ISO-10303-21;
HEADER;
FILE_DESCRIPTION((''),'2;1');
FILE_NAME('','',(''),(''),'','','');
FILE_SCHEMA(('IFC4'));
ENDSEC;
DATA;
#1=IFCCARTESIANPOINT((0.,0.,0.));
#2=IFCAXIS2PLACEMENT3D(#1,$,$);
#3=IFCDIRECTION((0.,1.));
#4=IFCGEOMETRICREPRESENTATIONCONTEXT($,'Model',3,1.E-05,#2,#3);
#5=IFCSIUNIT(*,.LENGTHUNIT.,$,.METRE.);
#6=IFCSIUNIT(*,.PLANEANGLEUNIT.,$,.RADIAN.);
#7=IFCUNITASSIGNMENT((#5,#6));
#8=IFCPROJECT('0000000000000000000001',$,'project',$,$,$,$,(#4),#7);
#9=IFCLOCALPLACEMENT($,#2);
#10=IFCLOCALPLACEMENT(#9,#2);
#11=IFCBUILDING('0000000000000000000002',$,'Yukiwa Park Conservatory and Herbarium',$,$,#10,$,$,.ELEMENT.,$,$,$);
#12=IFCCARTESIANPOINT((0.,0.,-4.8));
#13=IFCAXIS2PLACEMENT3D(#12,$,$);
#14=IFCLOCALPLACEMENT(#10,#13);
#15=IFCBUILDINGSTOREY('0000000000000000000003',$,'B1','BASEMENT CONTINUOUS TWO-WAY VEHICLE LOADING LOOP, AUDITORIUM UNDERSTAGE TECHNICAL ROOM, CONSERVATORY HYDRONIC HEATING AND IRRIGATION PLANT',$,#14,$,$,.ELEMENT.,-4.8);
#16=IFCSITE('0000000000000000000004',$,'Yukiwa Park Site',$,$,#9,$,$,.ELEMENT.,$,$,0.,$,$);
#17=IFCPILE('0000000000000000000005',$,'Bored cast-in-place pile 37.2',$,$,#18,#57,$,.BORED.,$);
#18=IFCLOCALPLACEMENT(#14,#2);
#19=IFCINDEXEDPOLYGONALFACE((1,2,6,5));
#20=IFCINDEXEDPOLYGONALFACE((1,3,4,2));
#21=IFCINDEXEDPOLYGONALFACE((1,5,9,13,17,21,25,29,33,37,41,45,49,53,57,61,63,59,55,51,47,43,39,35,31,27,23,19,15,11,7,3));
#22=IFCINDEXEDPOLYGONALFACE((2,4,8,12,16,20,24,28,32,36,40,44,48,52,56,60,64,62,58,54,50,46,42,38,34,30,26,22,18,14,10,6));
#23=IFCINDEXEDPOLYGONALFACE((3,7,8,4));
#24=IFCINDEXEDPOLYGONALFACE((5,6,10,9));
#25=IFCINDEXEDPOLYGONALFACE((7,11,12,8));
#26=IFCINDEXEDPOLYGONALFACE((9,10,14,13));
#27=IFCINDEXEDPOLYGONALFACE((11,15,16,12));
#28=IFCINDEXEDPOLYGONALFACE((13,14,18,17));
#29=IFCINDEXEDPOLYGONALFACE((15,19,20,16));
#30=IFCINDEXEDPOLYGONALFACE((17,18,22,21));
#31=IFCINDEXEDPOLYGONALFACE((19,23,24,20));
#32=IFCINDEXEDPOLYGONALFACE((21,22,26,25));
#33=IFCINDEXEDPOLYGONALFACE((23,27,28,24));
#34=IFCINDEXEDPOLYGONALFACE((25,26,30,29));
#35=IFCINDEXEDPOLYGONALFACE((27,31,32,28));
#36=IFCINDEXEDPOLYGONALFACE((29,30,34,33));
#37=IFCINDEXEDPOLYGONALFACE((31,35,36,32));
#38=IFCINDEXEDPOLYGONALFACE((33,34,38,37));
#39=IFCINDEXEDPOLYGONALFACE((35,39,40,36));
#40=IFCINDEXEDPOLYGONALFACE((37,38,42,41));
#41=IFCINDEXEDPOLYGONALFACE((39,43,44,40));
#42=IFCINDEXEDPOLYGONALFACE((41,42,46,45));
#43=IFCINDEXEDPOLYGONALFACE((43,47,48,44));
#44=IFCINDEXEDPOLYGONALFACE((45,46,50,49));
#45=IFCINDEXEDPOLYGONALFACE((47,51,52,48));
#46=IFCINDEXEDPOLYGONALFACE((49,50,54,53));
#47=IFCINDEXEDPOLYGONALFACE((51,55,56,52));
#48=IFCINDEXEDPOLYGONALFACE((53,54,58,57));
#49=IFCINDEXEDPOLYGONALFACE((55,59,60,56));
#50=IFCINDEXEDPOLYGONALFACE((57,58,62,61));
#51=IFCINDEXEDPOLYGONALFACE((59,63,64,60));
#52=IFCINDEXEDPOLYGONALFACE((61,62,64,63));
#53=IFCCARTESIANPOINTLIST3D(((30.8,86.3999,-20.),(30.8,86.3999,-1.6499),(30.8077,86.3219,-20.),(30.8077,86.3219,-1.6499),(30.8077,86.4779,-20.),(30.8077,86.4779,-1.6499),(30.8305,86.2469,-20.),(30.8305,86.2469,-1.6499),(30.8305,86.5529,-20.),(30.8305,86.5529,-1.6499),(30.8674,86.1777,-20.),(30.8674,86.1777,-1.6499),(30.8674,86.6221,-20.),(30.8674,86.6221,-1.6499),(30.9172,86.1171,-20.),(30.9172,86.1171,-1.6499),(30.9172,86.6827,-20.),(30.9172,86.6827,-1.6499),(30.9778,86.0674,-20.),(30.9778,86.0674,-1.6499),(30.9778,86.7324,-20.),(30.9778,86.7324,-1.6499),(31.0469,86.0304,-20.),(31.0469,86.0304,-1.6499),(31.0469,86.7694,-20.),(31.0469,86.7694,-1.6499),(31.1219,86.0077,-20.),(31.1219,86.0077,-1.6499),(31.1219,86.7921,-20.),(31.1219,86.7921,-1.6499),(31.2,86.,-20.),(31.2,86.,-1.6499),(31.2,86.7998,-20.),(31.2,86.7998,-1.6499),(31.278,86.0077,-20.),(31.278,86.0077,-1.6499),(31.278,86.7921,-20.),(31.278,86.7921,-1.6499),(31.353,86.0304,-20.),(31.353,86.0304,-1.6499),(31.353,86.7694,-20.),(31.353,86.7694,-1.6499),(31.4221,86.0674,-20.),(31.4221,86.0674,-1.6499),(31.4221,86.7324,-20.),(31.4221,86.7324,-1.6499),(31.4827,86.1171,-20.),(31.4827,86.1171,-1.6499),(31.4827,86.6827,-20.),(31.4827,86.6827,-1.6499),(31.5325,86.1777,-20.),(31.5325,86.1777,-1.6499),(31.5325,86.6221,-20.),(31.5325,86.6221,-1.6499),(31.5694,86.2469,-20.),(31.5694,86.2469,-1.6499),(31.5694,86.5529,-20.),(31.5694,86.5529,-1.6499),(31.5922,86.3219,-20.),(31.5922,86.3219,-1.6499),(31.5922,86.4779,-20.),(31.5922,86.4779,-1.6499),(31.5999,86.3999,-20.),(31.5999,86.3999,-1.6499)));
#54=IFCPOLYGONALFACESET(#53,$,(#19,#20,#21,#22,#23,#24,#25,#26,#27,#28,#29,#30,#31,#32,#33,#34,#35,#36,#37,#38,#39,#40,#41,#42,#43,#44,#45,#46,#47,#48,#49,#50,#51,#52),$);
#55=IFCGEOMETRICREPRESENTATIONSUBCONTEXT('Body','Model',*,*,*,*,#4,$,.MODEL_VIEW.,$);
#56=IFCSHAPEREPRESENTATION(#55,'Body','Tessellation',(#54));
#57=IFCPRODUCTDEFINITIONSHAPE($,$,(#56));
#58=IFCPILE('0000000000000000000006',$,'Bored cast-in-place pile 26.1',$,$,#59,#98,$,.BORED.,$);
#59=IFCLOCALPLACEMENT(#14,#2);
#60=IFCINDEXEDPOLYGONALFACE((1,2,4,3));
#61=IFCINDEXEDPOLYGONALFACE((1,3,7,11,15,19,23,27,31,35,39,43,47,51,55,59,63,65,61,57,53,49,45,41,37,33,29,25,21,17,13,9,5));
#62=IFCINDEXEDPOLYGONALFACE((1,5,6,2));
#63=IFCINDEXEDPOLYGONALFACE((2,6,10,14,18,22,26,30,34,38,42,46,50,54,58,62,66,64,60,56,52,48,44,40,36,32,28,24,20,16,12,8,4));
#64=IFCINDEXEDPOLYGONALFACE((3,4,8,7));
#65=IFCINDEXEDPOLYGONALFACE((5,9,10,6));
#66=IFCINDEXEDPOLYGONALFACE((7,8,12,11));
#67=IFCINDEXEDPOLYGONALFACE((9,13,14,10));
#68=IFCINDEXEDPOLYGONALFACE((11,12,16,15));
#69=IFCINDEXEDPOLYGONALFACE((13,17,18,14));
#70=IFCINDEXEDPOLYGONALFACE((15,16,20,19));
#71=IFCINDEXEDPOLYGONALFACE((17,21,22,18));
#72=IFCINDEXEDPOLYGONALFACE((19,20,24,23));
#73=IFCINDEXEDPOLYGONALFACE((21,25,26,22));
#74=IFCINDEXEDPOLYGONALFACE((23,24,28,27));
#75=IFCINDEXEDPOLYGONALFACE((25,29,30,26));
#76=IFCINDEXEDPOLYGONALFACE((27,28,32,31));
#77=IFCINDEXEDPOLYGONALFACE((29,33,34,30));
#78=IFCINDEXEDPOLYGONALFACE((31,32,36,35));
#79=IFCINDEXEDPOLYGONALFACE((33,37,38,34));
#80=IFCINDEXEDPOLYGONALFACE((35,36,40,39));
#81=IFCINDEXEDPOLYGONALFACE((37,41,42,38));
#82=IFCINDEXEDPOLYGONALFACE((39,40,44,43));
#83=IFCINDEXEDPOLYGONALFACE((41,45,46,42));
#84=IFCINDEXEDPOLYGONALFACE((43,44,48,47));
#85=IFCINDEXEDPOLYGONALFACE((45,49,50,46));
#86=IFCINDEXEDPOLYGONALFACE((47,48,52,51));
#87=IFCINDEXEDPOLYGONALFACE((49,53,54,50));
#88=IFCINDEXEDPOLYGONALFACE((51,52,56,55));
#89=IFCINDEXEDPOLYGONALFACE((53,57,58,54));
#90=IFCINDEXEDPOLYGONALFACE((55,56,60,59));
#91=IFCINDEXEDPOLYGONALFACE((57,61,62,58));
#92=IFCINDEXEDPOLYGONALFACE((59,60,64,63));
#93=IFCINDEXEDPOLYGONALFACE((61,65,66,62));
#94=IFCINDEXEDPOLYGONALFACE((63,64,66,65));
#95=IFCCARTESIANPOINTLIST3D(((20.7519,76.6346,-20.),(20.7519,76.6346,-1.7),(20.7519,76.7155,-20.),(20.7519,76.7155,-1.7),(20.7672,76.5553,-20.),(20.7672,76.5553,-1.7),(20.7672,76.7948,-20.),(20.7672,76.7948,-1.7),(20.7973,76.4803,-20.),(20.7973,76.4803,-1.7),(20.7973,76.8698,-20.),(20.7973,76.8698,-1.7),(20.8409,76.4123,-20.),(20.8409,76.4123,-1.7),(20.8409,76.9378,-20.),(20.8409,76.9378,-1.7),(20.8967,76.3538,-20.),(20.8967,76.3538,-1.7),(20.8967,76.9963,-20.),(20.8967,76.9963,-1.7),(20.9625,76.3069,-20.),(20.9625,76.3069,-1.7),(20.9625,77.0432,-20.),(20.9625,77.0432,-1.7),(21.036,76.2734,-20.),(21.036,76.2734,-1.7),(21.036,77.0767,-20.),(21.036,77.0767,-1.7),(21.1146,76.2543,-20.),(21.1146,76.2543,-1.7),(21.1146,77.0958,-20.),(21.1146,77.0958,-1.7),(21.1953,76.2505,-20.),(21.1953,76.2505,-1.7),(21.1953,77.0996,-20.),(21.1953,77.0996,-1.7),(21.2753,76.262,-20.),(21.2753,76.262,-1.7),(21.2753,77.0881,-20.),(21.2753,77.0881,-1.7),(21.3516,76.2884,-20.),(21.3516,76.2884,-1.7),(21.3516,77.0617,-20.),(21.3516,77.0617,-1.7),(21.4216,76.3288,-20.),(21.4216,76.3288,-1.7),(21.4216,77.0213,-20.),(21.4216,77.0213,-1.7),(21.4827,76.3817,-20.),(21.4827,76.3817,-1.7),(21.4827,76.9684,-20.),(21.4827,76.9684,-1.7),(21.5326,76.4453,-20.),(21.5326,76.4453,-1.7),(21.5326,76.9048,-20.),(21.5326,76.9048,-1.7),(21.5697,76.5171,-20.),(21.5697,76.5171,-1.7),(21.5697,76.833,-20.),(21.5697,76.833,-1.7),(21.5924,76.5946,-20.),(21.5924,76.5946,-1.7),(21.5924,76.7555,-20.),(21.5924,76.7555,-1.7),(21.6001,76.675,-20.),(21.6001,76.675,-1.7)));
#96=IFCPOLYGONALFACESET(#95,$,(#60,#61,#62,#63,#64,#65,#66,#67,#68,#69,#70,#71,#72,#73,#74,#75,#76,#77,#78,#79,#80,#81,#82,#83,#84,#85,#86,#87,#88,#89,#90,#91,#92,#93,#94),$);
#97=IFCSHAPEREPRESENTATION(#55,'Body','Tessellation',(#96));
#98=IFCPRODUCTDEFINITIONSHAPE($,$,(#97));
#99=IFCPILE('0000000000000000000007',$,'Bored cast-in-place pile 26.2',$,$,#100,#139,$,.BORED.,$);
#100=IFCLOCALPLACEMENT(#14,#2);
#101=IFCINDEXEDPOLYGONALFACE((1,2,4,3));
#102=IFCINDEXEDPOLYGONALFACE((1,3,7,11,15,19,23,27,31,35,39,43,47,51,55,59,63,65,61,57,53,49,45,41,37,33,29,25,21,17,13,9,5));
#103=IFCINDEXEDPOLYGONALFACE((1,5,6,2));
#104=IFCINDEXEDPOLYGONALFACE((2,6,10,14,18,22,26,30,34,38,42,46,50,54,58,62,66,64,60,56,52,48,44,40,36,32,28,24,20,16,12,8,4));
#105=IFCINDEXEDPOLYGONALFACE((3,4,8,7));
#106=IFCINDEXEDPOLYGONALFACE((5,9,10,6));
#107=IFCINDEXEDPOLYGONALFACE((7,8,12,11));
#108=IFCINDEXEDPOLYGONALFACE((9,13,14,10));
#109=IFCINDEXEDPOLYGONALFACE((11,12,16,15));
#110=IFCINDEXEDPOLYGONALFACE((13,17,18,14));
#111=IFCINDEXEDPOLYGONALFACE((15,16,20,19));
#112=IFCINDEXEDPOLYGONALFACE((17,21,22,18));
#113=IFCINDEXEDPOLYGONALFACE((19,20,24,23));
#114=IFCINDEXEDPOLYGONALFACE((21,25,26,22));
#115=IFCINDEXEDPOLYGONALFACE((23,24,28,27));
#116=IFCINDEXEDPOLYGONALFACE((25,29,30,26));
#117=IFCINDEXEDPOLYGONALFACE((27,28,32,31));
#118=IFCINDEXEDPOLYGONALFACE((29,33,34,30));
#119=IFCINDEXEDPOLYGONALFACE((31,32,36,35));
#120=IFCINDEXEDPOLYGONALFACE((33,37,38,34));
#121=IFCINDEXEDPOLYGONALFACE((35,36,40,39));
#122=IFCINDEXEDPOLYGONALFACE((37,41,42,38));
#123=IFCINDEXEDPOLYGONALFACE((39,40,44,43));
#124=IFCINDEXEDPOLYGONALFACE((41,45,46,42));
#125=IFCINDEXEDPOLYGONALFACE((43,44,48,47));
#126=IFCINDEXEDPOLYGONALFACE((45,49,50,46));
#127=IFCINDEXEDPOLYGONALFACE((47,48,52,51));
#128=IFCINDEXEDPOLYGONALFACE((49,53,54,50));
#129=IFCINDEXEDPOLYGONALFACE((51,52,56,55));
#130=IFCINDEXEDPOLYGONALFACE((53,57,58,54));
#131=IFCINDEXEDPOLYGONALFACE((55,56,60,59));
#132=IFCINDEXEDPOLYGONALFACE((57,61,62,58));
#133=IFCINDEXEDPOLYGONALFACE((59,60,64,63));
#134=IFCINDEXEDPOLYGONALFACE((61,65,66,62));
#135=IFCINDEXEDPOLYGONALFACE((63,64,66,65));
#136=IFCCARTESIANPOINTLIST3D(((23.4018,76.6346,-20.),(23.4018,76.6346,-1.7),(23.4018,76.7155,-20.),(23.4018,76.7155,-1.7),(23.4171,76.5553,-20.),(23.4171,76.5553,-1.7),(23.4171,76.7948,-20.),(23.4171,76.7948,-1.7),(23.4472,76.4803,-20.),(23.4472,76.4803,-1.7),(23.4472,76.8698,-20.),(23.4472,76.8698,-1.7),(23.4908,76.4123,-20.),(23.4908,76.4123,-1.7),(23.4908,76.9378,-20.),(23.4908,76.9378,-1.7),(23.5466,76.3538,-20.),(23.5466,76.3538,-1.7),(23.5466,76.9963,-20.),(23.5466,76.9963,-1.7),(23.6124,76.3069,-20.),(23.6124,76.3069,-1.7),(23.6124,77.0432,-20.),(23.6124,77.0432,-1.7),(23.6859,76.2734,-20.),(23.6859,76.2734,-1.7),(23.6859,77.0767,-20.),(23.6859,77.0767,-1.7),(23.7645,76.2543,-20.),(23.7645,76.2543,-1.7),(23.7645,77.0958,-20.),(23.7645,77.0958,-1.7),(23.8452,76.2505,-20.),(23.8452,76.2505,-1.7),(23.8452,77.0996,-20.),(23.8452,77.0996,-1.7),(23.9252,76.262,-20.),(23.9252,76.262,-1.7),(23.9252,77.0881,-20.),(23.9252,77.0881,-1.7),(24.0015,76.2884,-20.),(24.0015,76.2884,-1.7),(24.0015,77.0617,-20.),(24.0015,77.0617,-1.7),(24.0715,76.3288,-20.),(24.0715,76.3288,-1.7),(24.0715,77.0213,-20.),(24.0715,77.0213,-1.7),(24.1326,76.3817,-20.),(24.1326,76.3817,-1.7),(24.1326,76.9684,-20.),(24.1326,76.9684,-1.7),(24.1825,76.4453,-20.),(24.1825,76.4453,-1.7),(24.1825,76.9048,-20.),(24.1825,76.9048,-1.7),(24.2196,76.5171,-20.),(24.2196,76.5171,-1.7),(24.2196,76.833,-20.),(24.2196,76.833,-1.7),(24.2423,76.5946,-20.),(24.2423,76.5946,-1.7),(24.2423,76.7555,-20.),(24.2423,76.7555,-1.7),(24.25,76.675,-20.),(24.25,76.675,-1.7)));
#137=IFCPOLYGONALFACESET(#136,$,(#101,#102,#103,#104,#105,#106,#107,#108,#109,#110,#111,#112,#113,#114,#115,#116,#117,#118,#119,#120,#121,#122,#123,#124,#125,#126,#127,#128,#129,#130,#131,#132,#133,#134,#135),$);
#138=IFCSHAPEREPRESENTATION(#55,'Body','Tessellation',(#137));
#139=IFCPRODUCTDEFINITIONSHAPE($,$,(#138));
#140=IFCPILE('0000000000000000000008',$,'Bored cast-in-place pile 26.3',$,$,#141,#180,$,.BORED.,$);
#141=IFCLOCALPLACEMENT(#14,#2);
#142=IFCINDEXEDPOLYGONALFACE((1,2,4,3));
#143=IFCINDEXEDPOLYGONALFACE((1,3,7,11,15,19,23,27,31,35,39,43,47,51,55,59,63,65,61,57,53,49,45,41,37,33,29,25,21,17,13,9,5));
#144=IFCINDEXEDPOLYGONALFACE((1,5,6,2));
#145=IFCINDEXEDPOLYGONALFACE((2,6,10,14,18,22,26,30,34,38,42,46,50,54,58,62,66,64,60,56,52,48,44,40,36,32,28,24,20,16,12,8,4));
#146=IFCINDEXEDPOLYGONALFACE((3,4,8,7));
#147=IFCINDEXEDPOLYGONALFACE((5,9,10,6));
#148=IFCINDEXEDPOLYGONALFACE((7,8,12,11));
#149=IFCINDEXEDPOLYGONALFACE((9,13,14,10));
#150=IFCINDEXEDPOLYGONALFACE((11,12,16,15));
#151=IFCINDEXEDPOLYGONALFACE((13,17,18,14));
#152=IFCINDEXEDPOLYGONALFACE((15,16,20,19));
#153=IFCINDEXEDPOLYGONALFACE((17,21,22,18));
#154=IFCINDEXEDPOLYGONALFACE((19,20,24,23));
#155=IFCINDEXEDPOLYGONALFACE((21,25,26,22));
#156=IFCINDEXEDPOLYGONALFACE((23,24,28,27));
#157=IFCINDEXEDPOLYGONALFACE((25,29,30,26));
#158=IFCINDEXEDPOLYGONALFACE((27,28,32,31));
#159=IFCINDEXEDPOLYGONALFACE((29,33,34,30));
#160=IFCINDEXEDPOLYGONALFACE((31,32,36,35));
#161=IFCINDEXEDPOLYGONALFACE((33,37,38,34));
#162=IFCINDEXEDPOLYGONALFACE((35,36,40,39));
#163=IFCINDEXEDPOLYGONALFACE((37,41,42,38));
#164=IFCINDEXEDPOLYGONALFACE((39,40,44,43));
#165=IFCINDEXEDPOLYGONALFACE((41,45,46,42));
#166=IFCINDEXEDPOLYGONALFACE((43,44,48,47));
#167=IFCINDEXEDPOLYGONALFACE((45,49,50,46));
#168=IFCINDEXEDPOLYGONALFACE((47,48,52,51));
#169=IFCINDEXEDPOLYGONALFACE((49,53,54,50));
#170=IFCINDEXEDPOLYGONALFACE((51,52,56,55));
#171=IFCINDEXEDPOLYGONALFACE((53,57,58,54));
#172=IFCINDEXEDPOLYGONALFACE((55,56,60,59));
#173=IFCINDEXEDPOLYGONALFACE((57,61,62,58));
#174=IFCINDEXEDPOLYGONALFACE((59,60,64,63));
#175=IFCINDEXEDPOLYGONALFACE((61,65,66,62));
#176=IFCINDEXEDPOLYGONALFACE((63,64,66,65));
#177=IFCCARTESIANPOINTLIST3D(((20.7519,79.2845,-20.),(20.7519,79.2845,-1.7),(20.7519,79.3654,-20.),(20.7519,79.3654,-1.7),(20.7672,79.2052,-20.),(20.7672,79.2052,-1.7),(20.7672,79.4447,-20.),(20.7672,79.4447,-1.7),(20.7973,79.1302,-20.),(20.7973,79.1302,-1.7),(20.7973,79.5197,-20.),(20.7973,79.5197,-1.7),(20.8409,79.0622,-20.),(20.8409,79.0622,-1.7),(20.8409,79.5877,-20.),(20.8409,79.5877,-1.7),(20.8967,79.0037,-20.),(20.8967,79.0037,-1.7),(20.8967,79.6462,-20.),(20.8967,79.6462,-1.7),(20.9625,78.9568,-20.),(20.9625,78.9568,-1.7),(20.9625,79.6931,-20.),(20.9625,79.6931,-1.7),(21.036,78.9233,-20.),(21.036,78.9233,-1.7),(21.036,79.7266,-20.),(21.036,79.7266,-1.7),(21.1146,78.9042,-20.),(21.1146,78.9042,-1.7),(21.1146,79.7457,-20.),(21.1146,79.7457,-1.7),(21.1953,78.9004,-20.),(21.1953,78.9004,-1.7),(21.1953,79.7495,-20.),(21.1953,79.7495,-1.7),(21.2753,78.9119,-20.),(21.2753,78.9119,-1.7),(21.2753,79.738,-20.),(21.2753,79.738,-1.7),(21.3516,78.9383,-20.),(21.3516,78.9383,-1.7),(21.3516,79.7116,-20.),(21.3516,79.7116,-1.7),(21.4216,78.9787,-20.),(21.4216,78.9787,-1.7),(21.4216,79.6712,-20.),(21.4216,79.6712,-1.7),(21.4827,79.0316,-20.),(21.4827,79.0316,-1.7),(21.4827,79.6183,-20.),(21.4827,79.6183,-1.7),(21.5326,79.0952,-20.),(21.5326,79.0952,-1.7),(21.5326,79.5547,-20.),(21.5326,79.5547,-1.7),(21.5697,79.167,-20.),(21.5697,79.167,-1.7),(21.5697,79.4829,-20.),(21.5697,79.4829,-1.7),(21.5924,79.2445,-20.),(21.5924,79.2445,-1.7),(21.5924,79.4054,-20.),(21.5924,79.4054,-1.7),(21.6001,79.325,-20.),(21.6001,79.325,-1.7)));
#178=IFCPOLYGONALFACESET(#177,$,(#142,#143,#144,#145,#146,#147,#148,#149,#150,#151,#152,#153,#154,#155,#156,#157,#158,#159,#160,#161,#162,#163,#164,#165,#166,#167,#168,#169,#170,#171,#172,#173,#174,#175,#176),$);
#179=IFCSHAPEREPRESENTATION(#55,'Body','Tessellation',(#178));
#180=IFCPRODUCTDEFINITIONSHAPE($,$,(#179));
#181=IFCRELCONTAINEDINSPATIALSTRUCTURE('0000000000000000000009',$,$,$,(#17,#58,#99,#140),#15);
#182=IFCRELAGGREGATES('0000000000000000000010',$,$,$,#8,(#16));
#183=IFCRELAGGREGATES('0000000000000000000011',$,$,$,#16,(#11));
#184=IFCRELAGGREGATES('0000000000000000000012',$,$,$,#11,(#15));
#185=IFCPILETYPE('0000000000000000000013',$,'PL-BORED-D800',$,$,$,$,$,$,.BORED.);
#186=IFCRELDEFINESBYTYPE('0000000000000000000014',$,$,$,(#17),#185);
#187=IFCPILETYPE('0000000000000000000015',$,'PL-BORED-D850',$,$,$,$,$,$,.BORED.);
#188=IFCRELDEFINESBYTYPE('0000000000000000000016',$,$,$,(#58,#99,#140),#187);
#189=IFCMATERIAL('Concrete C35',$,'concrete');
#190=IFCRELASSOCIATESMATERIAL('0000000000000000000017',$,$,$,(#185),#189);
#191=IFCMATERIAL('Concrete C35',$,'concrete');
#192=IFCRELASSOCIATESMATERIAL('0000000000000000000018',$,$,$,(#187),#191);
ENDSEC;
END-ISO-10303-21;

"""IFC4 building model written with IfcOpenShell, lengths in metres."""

from ifc_helpers import new_model, si_unit, direction, frame, origin, origin_2d, place, context, subcontext, project, spatial, circle, extrude, material, material_profile, profile_set, type_object, element, save


model = new_model("IFC4")

# Units and contexts
model_context = context("Model", 3, precision=1e-05, world=origin(), true_north=direction((0.0, 1.0)))
body_context = subcontext(model_context, "Body", "Model", "MODEL_VIEW")
ifc_project = project(units=[si_unit("LENGTHUNIT", "METRE"), si_unit("PLANEANGLEUNIT", "RADIAN")], contexts=[model_context])

# Site, building, storey
site_placement = place(None, origin())
site = spatial("IfcSite", under=ifc_project, at=site_placement, Name="Yukiwa Park Site", CompositionType="ELEMENT", RefElevation=0.0)
building_placement = place(site_placement, origin())
building = spatial("IfcBuilding", under=site, at=building_placement, Name="Yukiwa Park Conservatory and Herbarium", CompositionType="ELEMENT")
storey_placement = place(building_placement, frame((0.0, 0.0, -4.8)))
storey = spatial("IfcBuildingStorey", under=building, at=storey_placement, Name="B1", Description="BASEMENT CONTINUOUS TWO-WAY VEHICLE LOADING LOOP, AUDITORIUM UNDERSTAGE TECHNICAL ROOM, CONSERVATORY HYDRONIC HEATING AND IRRIGATION PLANT", CompositionType="ELEMENT", Elevation=-4.8)

# Piles
ifc_material_1 = material(Name="Concrete C35", Category="concrete")
ifc_material_profile_1 = material_profile(ifc_material_1, circle(Radius=0.3999, at=origin_2d()), Name="PILE D800")
ifc_profile_set_1 = profile_set([ifc_material_profile_1], Name="Concrete C35")
pile_type_1 = type_object("IfcPileType", Name="PL-BORED-D800", PredefinedType="BORED", material=ifc_profile_set_1)
for number, where, z_axis, x_axis, name in (
    (1, (31.2, 86.3999, -1.6499), (0.0, 0.0, -1.0), (1.0, 0.0, 0.0), "Bored cast-in-place pile 37.2"),
):
    element("IfcPile", number, at=place(storey_placement, frame(where, z_axis=z_axis, x_axis=x_axis)), inside=storey, type_object=pile_type_1, Name=name, PredefinedType="BORED", context=body_context, shape_type="SweptSolid", body=[
        extrude(circle(Radius=0.3999, at=origin_2d()), origin(), (0.0, 0.0, 1.0), 18.3501),
    ])
ifc_material_2 = material(Name="Concrete C35", Category="concrete")
ifc_material_profile_2 = material_profile(ifc_material_2, circle(Radius=0.425, at=origin_2d()), Name="PILE D850")
ifc_profile_set_2 = profile_set([ifc_material_profile_2], Name="Concrete C35")
pile_type_2 = type_object("IfcPileType", Name="PL-BORED-D850", PredefinedType="BORED", material=ifc_profile_set_2)
for number, where, z_axis, x_axis, name in (
    (2, (21.175, 76.675, -1.7), (0.0, 0.0, -1.0), (1.0, 0.0, 0.0), "Bored cast-in-place pile 26.1"),
    (3, (23.825, 76.675, -1.7), (0.0, 0.0, -1.0), (1.0, 0.0, 0.0), "Bored cast-in-place pile 26.2"),
    (4, (21.175, 79.325, -1.7), (0.0, 0.0, -1.0), (1.0, 0.0, 0.0), "Bored cast-in-place pile 26.3"),
):
    element("IfcPile", number, at=place(storey_placement, frame(where, z_axis=z_axis, x_axis=x_axis)), inside=storey, type_object=pile_type_2, Name=name, PredefinedType="BORED", context=body_context, shape_type="SweptSolid", body=[
        extrude(circle(Radius=0.425, at=origin_2d()), origin(), (0.0, 0.0, 1.0), 18.3),
    ])

save(model, "model.ifc")
